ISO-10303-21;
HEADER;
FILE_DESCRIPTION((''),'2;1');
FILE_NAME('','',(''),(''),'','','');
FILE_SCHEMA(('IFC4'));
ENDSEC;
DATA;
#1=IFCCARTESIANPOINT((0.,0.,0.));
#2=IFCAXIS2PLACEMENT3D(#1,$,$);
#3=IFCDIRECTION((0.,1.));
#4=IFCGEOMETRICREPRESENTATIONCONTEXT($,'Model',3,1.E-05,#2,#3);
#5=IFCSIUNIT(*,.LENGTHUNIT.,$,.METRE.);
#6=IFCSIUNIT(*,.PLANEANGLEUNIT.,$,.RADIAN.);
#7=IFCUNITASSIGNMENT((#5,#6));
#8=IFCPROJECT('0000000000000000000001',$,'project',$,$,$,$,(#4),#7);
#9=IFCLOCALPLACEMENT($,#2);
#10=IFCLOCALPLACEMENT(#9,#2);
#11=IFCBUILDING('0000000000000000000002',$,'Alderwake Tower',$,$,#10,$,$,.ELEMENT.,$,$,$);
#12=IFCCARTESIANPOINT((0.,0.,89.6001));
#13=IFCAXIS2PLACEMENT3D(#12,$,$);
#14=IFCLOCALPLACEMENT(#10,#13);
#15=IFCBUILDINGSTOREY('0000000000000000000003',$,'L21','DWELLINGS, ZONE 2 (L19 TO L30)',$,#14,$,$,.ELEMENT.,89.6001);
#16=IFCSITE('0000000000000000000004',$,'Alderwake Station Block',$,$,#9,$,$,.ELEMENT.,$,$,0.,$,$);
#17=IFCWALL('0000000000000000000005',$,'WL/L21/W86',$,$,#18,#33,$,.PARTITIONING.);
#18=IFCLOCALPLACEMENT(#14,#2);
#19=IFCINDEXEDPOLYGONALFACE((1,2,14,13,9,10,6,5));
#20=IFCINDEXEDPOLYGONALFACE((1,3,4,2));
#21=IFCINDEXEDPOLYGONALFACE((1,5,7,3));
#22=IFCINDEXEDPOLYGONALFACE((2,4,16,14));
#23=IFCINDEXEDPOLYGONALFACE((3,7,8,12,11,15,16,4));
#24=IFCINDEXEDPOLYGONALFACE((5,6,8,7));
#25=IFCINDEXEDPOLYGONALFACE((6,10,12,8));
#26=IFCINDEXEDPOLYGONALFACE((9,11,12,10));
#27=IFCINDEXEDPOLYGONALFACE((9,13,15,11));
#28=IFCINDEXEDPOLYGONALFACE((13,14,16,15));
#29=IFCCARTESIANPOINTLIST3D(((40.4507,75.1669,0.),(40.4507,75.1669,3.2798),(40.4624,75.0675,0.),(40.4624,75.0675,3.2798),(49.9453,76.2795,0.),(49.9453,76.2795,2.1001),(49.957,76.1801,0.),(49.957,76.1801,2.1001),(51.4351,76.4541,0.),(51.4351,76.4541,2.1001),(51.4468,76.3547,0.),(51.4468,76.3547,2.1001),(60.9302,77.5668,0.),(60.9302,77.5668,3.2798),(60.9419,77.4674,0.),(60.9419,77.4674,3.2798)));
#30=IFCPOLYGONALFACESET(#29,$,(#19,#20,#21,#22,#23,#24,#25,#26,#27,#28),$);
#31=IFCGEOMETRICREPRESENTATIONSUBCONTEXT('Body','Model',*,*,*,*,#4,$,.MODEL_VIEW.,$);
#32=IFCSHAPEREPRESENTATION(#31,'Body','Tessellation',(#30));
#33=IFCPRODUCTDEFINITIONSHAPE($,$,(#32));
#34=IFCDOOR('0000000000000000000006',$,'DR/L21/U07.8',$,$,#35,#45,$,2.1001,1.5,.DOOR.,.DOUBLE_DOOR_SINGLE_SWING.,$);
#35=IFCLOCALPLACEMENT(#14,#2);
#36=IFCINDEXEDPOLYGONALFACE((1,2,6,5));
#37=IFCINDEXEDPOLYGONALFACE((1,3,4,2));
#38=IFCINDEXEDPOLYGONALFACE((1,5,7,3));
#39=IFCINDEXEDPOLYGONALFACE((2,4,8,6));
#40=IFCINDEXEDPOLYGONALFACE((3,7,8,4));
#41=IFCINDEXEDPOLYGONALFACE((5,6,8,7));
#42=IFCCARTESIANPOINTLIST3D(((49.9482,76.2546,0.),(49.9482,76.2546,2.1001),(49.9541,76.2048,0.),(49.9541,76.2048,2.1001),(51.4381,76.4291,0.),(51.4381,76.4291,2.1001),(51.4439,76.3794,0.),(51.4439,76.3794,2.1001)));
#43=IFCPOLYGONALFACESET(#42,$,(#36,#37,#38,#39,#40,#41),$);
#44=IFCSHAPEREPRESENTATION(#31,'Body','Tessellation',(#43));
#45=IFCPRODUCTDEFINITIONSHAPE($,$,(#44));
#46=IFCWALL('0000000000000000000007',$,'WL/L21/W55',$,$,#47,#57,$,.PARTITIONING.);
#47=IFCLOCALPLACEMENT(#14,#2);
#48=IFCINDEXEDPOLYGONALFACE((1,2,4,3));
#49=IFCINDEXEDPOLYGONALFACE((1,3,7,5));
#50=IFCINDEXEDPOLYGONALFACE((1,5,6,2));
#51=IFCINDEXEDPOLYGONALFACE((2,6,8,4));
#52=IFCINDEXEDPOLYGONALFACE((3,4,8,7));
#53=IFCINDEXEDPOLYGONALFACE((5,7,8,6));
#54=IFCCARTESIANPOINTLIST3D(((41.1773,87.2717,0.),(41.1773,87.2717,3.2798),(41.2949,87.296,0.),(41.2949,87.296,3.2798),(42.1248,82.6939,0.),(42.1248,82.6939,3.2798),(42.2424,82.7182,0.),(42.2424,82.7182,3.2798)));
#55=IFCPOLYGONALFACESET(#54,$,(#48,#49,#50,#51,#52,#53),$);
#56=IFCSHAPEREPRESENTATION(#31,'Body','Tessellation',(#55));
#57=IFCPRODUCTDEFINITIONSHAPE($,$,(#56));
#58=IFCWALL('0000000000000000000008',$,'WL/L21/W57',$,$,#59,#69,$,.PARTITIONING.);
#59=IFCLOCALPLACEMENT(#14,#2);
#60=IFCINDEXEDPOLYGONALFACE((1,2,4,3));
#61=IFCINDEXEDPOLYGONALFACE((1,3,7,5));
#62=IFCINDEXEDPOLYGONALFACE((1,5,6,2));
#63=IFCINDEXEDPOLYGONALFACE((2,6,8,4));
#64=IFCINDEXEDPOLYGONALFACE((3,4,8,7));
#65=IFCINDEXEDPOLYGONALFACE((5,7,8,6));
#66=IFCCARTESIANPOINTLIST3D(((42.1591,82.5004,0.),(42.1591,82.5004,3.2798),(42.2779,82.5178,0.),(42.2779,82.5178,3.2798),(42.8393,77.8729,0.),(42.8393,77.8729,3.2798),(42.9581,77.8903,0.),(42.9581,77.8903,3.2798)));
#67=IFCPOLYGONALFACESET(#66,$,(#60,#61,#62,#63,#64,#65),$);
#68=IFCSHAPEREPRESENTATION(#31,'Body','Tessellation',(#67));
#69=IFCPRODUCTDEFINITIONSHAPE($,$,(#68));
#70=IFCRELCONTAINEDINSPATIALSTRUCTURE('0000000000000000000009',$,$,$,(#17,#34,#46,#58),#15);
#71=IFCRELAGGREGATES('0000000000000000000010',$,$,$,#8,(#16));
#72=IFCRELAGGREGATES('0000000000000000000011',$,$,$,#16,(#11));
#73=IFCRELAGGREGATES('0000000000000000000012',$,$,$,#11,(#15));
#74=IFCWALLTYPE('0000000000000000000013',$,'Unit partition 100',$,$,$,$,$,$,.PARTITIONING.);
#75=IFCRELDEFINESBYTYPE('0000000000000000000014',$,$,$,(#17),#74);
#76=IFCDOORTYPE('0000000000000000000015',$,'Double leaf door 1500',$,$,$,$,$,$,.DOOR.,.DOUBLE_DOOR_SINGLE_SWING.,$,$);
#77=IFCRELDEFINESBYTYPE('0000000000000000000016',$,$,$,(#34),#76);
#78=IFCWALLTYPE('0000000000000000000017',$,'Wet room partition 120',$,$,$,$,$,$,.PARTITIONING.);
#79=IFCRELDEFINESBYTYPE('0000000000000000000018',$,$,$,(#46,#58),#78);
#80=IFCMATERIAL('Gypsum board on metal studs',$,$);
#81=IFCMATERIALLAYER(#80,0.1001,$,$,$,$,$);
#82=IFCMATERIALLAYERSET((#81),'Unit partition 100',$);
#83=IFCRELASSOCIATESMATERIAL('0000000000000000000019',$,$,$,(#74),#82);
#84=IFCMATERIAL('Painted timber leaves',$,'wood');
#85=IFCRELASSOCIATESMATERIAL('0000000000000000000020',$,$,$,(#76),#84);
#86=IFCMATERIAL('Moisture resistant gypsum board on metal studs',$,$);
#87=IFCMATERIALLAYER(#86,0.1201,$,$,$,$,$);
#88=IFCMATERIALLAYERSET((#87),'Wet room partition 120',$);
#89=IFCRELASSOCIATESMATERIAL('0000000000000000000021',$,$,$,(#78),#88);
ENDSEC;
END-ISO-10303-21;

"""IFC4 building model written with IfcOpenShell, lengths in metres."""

from ifc_helpers import new_model, si_unit, direction, frame, frame_2d, origin, place, context, subcontext, project, spatial, rectangle, extrude, material, layer, layer_set, type_object, element, fill, save


model = new_model("IFC4")

# Units and contexts
model_context = context("Model", 3, precision=1e-05, world=origin(), true_north=direction((0.0, 1.0)))
body_context = subcontext(model_context, "Body", "Model", "MODEL_VIEW")
ifc_project = project(units=[si_unit("LENGTHUNIT", "METRE"), si_unit("PLANEANGLEUNIT", "RADIAN")], contexts=[model_context])

# Site, building, storey
site_placement = place(None, origin())
site = spatial("IfcSite", under=ifc_project, at=site_placement, Name="Alderwake Station Block", CompositionType="ELEMENT", RefElevation=0.0)
building_placement = place(site_placement, origin())
building = spatial("IfcBuilding", under=site, at=building_placement, Name="Alderwake Tower", CompositionType="ELEMENT")
storey_placement = place(building_placement, frame((0.0, 0.0, 89.6001)))
storey = spatial("IfcBuildingStorey", under=building, at=storey_placement, Name="L21", Description="DWELLINGS, ZONE 2 (L19 TO L30)", CompositionType="ELEMENT", Elevation=89.6001)

# Shared definitions
ifc_material_1 = material(Name="Gypsum board on metal studs")
ifc_layer_1 = layer(ifc_material_1, 0.1001)
ifc_layer_set_1 = layer_set([ifc_layer_1], Name="Unit partition 100")
wall_type_1 = type_object("IfcWallType", Name="Unit partition 100", PredefinedType="PARTITIONING", material=ifc_layer_set_1)

# Wall, opening, door
wall_1_placement = place(storey_placement, frame((40.4565, 75.1172, 0.0), z_axis=(0.0, 0.0, 1.0), x_axis=(0.993204, 0.116389, 0.0)))
wall_1 = element("IfcWall", 1, at=wall_1_placement, inside=storey, type_object=wall_type_1, Name="WL/L21/W86", PredefinedType="PARTITIONING", context=body_context, shape_type="SweptSolid", body=[
    extrude(rectangle(XDim=20.6196, YDim=0.1001, at=frame_2d((10.3098, 0.0))), origin(), (0.0, 0.0, 1.0), 3.2798),
])
opening_1_placement = place(wall_1_placement, frame((9.5596, 0.0, 0.0)))
opening_1 = element("IfcOpeningElement", 2, at=opening_1_placement, cuts=wall_1, PredefinedType="OPENING", context=body_context, shape_type="SweptSolid", body=[
    extrude(rectangle(XDim=1.5, YDim=2.1001, at=frame_2d((0.75, 1.05))), frame((0.0, 0.0601, 0.0), z_axis=(0.0, -1.0, 0.0), x_axis=(1.0, 0.0, 0.0)), (0.0, 0.0, 1.0), 0.1201),
])
ifc_material_2 = material(Name="Painted timber leaves", Category="wood")
door_type_1 = type_object("IfcDoorType", Name="Double leaf door 1500", OperationType="DOUBLE_DOOR_SINGLE_SWING", PredefinedType="DOOR", material=ifc_material_2)
door_1_placement = place(opening_1_placement, origin())
door_1 = element("IfcDoor", 3, at=door_1_placement, inside=storey, type_object=door_type_1, Name="DR/L21/U07.8", OperationType="DOUBLE_DOOR_SINGLE_SWING", OverallHeight=2.1001, OverallWidth=1.5, PredefinedType="DOOR", context=body_context, shape_type="SweptSolid", body=[
    extrude(rectangle(XDim=1.5, YDim=2.1001, at=frame_2d((0.75, 1.05))), frame((0.0, 0.0249, 0.0), z_axis=(0.0, -1.0, 0.0), x_axis=(1.0, 0.0, 0.0)), (0.0, 0.0, 1.0), 0.05),
])
fill(opening_1, door_1)

# Walls
ifc_material_3 = material(Name="Moisture resistant gypsum board on metal studs")
ifc_layer_2 = layer(ifc_material_3, 0.1201)
ifc_layer_set_2 = layer_set([ifc_layer_2], Name="Wet room partition 120")
wall_type_2 = type_object("IfcWallType", Name="Wet room partition 120", PredefinedType="PARTITIONING", material=ifc_layer_set_2)
wall_2_placement = place(storey_placement, frame((42.1836, 82.7061, 0.0), z_axis=(0.0, 0.0, 1.0), x_axis=(-0.20268, 0.979245, 0.0)))
element("IfcWall", 4, at=wall_2_placement, inside=storey, type_object=wall_type_2, Name="WL/L21/W55", PredefinedType="PARTITIONING", context=body_context, shape_type="SweptSolid", body=[
    extrude(rectangle(XDim=4.6748, YDim=0.1201, at=frame_2d((2.3374, 0.0))), origin(), (0.0, 0.0, 1.0), 3.2798),
])
wall_3_placement = place(storey_placement, frame((42.8987, 77.8816, 0.0), z_axis=(0.0, 0.0, 1.0), x_axis=(-0.145425, 0.989369, 0.0)))
element("IfcWall", 5, at=wall_3_placement, inside=storey, type_object=wall_type_2, Name="WL/L21/W57", PredefinedType="PARTITIONING", context=body_context, shape_type="SweptSolid", body=[
    extrude(rectangle(XDim=4.6772, YDim=0.1201, at=frame_2d((2.3386, 0.0))), origin(), (0.0, 0.0, 1.0), 3.2798),
])

save(model, "model.ifc")
